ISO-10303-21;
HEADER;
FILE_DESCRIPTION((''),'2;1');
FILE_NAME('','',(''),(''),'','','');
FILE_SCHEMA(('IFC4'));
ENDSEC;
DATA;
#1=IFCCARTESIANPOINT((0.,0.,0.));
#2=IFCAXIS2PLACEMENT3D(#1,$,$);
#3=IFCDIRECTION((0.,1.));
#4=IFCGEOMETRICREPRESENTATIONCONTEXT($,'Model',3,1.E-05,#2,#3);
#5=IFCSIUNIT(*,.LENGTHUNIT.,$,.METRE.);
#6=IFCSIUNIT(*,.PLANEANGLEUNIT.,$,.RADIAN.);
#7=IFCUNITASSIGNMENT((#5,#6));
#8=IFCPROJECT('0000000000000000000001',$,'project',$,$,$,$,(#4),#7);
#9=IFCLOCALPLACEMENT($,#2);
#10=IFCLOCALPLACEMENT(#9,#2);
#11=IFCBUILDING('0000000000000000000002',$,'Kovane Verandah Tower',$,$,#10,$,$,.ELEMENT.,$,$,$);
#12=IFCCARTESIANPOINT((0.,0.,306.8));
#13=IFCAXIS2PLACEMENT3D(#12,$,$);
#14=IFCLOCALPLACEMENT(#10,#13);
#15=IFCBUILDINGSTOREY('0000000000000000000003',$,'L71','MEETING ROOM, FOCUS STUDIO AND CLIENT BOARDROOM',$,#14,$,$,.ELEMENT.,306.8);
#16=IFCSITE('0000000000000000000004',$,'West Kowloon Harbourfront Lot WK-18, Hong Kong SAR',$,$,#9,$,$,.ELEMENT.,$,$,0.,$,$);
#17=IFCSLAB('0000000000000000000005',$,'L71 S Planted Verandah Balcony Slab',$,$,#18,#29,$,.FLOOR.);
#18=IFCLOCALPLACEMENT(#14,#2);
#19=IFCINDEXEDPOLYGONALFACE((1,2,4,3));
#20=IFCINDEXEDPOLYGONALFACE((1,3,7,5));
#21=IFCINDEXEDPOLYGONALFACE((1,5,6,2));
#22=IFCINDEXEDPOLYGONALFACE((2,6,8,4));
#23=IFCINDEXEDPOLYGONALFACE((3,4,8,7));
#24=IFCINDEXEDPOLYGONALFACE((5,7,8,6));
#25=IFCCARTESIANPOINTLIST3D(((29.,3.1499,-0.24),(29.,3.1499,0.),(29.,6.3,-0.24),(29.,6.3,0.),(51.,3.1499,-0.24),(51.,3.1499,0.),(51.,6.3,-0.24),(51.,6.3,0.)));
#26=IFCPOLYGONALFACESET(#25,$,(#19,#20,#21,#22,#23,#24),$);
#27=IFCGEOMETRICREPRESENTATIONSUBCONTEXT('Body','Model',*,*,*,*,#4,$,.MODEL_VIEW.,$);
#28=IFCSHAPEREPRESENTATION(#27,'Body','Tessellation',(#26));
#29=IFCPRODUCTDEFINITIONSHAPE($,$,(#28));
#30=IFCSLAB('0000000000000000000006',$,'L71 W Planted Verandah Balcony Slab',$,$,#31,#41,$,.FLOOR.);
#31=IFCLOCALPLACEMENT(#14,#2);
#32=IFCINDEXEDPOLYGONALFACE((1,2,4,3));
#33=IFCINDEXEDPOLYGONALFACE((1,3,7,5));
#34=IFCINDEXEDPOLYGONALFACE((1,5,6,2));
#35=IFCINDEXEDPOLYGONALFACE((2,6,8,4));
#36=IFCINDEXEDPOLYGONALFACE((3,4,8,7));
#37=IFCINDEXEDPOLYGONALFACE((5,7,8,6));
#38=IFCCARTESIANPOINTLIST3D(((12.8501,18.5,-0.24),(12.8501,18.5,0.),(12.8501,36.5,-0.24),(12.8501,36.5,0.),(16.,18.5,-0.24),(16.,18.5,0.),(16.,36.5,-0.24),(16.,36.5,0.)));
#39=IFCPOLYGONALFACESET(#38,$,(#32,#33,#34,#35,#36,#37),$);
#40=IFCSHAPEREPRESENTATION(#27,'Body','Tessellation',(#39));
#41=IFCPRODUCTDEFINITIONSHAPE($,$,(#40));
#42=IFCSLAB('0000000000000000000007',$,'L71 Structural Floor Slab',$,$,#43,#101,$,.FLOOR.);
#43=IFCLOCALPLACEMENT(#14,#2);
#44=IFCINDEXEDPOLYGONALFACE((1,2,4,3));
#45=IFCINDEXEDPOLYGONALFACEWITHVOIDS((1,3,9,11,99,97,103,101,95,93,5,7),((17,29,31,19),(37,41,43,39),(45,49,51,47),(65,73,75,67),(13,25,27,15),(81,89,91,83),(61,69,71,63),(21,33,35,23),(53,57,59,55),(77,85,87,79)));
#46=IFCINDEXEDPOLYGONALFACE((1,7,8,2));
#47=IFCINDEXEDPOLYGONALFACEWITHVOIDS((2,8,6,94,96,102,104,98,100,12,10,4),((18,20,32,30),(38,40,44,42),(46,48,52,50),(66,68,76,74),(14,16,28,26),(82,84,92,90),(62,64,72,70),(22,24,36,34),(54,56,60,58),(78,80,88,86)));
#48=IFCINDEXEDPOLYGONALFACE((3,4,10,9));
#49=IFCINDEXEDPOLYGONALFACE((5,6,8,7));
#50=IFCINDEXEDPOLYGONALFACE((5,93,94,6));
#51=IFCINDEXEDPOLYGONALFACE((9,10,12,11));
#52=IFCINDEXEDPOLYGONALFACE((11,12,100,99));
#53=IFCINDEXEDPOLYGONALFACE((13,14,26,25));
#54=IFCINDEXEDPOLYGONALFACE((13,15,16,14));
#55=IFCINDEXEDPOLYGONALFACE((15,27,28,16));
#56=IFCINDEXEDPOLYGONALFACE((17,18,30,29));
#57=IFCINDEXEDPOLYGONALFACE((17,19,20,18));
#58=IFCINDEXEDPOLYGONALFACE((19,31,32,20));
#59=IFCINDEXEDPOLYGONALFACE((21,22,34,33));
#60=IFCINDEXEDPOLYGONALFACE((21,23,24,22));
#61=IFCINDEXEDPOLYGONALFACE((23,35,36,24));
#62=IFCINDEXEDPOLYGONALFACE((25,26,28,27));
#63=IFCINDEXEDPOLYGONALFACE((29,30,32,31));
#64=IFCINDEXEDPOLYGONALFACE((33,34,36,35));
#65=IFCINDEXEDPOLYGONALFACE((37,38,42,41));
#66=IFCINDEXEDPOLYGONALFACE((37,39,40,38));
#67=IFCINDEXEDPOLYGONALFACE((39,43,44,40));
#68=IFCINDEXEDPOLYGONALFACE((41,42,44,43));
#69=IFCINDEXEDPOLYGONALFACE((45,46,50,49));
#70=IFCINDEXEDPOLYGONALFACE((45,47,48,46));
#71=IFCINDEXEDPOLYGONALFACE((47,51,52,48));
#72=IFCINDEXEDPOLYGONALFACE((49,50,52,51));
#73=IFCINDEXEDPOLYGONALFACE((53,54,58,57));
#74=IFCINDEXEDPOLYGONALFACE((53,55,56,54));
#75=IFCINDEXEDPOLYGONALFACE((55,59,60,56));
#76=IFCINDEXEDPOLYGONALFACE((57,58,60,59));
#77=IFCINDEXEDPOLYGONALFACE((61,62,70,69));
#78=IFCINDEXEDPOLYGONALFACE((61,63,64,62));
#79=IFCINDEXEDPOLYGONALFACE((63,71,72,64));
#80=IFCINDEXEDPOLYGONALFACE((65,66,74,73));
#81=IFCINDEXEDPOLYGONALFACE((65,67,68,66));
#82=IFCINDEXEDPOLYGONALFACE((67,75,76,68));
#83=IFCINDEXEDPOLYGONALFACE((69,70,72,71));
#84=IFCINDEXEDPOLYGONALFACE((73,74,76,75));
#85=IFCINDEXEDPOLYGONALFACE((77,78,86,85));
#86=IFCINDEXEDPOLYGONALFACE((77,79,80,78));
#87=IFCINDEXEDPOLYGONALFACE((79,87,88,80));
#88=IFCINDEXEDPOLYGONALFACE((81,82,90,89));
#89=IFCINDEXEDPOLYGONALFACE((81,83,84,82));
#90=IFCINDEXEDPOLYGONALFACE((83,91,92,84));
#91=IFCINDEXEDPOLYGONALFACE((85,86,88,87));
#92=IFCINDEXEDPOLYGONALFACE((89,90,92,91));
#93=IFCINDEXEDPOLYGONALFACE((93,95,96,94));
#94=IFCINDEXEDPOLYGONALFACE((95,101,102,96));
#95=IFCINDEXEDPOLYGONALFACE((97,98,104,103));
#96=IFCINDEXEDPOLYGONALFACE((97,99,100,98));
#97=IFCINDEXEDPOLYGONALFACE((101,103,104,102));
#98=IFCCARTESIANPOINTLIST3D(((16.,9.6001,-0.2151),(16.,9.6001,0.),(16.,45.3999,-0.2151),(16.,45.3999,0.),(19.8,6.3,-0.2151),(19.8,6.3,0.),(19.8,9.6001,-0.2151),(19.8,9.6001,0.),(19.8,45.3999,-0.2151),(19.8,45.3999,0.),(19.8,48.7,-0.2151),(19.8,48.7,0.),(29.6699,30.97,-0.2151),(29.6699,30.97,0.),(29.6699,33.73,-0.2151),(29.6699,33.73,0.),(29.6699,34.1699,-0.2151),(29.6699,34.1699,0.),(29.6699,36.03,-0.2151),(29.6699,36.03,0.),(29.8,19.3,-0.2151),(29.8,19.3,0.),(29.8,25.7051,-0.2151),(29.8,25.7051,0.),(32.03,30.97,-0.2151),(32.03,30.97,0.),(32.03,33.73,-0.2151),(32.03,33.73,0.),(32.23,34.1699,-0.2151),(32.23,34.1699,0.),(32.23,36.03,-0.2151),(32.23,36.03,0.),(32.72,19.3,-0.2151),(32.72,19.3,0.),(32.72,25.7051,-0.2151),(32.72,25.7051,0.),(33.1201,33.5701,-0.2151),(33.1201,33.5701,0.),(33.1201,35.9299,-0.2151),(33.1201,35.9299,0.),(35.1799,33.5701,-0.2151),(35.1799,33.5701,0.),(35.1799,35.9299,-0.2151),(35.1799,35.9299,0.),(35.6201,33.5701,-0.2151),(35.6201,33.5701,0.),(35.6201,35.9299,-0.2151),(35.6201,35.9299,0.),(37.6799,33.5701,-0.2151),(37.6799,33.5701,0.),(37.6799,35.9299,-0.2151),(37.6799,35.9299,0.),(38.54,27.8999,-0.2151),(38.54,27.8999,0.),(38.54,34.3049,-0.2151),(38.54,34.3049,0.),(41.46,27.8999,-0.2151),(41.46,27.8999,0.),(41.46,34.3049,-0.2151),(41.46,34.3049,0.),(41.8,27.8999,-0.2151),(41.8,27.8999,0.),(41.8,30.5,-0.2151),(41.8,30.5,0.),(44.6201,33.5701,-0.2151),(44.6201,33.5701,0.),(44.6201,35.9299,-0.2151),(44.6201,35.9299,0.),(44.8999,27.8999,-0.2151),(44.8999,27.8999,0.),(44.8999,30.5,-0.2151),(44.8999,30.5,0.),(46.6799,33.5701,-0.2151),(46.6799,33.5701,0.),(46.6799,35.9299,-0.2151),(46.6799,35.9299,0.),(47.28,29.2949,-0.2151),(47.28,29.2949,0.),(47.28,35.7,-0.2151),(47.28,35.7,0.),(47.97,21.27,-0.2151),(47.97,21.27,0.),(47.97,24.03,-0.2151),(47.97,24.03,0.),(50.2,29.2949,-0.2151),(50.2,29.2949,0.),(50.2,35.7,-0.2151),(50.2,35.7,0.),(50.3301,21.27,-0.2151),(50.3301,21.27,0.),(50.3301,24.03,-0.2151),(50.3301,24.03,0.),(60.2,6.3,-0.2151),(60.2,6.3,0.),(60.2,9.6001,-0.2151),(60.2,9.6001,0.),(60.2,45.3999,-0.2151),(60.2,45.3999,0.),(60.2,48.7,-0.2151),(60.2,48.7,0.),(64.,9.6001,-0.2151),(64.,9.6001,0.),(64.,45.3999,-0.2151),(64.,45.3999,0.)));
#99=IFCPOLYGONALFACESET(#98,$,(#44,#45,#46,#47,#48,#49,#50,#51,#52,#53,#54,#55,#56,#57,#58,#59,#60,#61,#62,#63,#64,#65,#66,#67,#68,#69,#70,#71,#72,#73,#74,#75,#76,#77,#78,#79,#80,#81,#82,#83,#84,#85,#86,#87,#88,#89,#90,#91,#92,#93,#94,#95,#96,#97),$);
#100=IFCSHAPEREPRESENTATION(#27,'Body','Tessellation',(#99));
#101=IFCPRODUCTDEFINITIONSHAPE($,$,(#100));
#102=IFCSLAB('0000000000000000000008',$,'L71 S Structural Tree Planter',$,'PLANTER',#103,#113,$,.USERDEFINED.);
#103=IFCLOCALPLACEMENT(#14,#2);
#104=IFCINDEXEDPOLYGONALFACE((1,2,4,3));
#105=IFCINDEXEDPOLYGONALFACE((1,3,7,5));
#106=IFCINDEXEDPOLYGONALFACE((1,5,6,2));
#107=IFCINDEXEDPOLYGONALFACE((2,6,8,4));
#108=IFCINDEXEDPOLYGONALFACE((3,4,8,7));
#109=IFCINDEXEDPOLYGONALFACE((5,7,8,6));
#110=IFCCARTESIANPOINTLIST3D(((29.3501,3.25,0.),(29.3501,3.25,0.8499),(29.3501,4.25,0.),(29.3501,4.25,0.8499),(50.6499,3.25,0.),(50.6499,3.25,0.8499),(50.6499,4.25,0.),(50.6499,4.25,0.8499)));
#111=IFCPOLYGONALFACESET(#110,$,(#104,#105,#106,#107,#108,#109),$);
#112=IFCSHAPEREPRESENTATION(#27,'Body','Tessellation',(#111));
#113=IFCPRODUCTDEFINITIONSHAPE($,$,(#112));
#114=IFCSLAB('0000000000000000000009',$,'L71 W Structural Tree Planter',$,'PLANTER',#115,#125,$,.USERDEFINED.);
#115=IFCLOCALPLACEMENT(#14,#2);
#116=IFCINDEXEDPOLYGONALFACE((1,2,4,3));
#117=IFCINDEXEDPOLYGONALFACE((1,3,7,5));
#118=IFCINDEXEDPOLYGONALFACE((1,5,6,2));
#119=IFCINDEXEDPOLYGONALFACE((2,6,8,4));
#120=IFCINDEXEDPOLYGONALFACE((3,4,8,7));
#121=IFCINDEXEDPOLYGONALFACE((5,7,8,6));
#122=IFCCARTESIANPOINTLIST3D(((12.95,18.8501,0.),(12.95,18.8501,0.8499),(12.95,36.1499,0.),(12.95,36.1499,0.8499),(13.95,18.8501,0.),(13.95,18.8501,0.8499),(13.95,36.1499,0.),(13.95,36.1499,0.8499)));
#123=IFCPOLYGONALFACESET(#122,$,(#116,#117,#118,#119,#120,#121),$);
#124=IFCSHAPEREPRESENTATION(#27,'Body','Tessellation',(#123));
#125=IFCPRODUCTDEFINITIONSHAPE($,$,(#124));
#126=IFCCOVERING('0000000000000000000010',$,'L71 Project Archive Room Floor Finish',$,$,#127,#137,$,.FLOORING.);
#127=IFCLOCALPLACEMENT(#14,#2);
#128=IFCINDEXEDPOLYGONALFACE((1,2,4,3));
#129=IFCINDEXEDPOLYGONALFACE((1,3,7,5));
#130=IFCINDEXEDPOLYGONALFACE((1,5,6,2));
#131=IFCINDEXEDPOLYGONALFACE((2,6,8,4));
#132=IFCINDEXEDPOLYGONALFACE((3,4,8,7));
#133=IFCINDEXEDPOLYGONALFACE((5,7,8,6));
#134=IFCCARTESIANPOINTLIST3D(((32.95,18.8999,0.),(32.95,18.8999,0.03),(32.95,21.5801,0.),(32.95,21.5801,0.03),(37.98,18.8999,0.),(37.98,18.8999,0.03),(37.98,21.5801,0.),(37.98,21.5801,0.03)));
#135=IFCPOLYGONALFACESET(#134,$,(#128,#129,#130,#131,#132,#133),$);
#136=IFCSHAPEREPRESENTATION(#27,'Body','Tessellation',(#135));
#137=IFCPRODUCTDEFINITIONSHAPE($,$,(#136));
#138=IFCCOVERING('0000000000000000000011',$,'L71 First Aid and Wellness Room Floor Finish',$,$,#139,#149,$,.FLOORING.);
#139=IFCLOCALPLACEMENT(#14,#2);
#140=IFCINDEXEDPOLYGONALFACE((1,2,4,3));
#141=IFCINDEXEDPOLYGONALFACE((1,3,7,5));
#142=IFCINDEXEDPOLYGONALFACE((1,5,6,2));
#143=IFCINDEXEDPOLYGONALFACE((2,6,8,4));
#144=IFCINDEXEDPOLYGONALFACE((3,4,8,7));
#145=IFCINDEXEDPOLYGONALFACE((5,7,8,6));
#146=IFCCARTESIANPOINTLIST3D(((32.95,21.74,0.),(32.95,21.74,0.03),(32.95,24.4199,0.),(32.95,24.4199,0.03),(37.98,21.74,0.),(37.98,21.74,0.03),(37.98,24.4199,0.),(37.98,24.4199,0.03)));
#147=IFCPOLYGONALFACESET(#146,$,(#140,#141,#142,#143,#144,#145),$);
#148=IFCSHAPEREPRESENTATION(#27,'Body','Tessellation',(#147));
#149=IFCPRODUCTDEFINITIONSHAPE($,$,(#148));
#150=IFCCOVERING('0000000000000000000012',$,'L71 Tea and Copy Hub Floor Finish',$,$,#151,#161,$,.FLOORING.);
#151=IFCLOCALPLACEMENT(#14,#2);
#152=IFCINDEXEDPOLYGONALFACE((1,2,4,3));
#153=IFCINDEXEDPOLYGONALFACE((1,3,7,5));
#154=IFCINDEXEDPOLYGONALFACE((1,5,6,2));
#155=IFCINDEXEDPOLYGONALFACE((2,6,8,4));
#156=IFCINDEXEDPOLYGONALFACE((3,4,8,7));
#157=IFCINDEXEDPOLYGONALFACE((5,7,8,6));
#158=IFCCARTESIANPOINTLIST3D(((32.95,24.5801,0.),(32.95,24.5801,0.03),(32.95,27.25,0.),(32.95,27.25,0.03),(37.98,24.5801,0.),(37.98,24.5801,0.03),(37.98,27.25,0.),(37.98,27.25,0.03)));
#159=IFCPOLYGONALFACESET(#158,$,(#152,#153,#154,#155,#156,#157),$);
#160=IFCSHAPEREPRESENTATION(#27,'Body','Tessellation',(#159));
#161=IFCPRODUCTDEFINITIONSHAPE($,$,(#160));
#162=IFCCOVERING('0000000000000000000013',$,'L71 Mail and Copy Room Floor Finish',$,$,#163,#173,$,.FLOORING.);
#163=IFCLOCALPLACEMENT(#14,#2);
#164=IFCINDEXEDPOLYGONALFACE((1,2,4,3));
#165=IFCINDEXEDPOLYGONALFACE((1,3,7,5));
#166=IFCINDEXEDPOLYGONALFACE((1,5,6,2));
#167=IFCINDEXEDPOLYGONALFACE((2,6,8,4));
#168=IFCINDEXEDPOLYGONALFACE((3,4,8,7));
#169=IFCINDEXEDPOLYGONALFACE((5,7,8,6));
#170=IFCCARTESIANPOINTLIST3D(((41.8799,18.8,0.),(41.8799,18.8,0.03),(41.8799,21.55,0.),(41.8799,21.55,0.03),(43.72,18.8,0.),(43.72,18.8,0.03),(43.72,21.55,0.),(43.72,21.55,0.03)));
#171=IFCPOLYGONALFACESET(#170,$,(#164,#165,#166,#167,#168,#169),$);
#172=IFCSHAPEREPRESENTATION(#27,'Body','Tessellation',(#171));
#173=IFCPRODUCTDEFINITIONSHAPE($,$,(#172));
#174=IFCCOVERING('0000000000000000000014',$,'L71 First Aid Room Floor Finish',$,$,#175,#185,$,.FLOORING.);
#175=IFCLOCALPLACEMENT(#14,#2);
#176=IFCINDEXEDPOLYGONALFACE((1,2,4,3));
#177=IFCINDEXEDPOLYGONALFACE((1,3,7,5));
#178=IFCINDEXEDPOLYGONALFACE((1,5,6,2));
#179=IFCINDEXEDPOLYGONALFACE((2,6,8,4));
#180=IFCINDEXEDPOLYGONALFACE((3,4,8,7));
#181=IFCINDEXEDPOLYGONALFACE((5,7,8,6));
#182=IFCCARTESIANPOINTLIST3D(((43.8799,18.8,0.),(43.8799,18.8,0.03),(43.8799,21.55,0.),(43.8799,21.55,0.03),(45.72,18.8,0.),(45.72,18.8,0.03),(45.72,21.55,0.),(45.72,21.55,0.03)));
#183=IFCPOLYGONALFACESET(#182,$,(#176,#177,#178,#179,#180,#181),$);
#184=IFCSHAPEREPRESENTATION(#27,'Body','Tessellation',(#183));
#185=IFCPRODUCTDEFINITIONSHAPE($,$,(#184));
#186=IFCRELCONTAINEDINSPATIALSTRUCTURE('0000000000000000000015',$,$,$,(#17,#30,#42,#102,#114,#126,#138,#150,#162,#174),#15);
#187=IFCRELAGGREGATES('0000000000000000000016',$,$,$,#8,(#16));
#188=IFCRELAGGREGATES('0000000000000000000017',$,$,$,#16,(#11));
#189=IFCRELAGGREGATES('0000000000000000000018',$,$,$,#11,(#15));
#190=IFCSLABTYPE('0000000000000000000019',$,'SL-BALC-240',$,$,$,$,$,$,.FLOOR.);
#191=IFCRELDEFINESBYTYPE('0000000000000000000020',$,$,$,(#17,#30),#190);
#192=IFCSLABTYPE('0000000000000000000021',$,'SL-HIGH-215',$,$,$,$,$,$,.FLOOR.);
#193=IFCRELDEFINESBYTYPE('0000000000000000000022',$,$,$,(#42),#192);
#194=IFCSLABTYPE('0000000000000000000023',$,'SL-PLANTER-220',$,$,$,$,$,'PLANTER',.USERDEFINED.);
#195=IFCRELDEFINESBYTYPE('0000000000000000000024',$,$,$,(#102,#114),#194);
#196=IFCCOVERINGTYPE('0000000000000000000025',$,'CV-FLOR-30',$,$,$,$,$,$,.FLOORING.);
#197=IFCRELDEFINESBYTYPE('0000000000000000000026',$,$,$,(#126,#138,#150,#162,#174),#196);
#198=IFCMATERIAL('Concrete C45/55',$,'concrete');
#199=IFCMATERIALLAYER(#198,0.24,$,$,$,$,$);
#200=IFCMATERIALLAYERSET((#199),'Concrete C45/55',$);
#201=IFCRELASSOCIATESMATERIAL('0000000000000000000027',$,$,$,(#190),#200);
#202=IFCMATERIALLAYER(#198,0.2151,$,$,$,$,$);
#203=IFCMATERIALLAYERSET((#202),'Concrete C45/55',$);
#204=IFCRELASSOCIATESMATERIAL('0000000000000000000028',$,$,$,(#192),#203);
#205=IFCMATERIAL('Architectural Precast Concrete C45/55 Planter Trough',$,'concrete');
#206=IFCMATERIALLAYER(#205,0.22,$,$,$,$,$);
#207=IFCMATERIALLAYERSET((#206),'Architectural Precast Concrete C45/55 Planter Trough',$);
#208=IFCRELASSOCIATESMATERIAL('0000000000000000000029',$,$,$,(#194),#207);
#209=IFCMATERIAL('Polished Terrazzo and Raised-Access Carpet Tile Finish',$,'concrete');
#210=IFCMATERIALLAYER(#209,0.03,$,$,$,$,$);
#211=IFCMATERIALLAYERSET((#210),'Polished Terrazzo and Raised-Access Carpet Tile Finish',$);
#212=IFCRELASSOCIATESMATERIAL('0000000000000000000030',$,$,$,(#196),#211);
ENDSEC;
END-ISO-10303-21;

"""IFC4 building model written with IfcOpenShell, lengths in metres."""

from ifc_helpers import new_model, si_unit, direction, frame, origin, place, context, subcontext, project, spatial, polyline, outline, extrude, material, layer, layer_set, type_object, element, save


model = new_model("IFC4")

# Units and contexts
model_context = context("Model", 3, precision=1e-05, world=origin(), true_north=direction((0.0, 1.0)))
body_context = subcontext(model_context, "Body", "Model", "MODEL_VIEW")
ifc_project = project(units=[si_unit("LENGTHUNIT", "METRE"), si_unit("PLANEANGLEUNIT", "RADIAN")], contexts=[model_context])

# Site, building, storey
site_placement = place(None, origin())
site = spatial("IfcSite", under=ifc_project, at=site_placement, Name="West Kowloon Harbourfront Lot WK-18, Hong Kong SAR", CompositionType="ELEMENT", RefElevation=0.0)
building_placement = place(site_placement, origin())
building = spatial("IfcBuilding", under=site, at=building_placement, Name="Kovane Verandah Tower", CompositionType="ELEMENT")
storey_placement = place(building_placement, frame((0.0, 0.0, 306.8)))
storey = spatial("IfcBuildingStorey", under=building, at=storey_placement, Name="L71", Description="MEETING ROOM, FOCUS STUDIO AND CLIENT BOARDROOM", CompositionType="ELEMENT", Elevation=306.8)

# Slabs
ifc_material_1 = material(Name="Concrete C45/55", Category="concrete")
ifc_layer_1 = layer(ifc_material_1, 0.24)
ifc_layer_set_1 = layer_set([ifc_layer_1], Name="Concrete C45/55")
slab_type_1 = type_object("IfcSlabType", Name="SL-BALC-240", PredefinedType="FLOOR", material=ifc_layer_set_1)
slab_1_placement = place(storey_placement, frame((0.0, 0.0, -0.24)))
element("IfcSlab", 1, at=slab_1_placement, inside=storey, type_object=slab_type_1, Name="L71 S Planted Verandah Balcony Slab", PredefinedType="FLOOR", context=body_context, shape_type="SweptSolid", body=[
    extrude(outline(polyline([(29.0, 3.1499), (51.0, 3.1499), (51.0, 6.3), (29.0, 6.3), (29.0, 3.1499)])), origin(), (0.0, 0.0, 1.0), 0.24),
])
slab_2_placement = place(storey_placement, frame((0.0, 0.0, -0.24)))
element("IfcSlab", 2, at=slab_2_placement, inside=storey, type_object=slab_type_1, Name="L71 W Planted Verandah Balcony Slab", PredefinedType="FLOOR", context=body_context, shape_type="SweptSolid", body=[
    extrude(outline(polyline([(12.8501, 18.5), (16.0, 18.5), (16.0, 36.5), (12.8501, 36.5), (12.8501, 18.5)])), origin(), (0.0, 0.0, 1.0), 0.24),
])
ifc_layer_2 = layer(ifc_material_1, 0.2151)
ifc_layer_set_2 = layer_set([ifc_layer_2], Name="Concrete C45/55")
slab_type_2 = type_object("IfcSlabType", Name="SL-HIGH-215", PredefinedType="FLOOR", material=ifc_layer_set_2)
slab_3_placement = place(storey_placement, frame((0.0, 0.0, -0.2151)))
element("IfcSlab", 3, at=slab_3_placement, inside=storey, type_object=slab_type_2, Name="L71 Structural Floor Slab", PredefinedType="FLOOR", context=body_context, shape_type="SweptSolid", body=[
    extrude(outline(polyline([(19.8, 6.3), (60.2, 6.3), (60.2, 9.6001), (64.0, 9.6001), (64.0, 45.3999), (60.2, 45.3999), (60.2, 48.7), (19.8, 48.7), (19.8, 45.3999), (16.0, 45.3999), (16.0, 9.6001), (19.8, 9.6001), (19.8, 6.3)]), holes=[polyline([(29.8, 19.3), (32.72, 19.3), (32.72, 25.7051), (29.8, 25.7051), (29.8, 19.3)]), polyline([(47.28, 29.2949), (50.2, 29.2949), (50.2, 35.7), (47.28, 35.7), (47.28, 29.2949)]), polyline([(38.54, 27.8999), (41.46, 27.8999), (41.46, 34.3049), (38.54, 34.3049), (38.54, 27.8999)]), polyline([(29.6699, 30.97), (32.03, 30.97), (32.03, 33.73), (29.6699, 33.73), (29.6699, 30.97)]), polyline([(47.97, 21.27), (50.3301, 21.27), (50.3301, 24.03), (47.97, 24.03), (47.97, 21.27)]), polyline([(29.6699, 34.1699), (32.23, 34.1699), (32.23, 36.03), (29.6699, 36.03), (29.6699, 34.1699)]), polyline([(33.1201, 33.5701), (35.1799, 33.5701), (35.1799, 35.9299), (33.1201, 35.9299), (33.1201, 33.5701)]), polyline([(35.6201, 33.5701), (37.6799, 33.5701), (37.6799, 35.9299), (35.6201, 35.9299), (35.6201, 33.5701)]), polyline([(44.6201, 33.5701), (46.6799, 33.5701), (46.6799, 35.9299), (44.6201, 35.9299), (44.6201, 33.5701)]), polyline([(41.8, 27.8999), (44.8999, 27.8999), (44.8999, 30.5), (41.8, 30.5), (41.8, 27.8999)])]), origin(), (0.0, 0.0, 1.0), 0.2151),
])
ifc_material_2 = material(Name="Architectural Precast Concrete C45/55 Planter Trough", Category="concrete")
ifc_layer_3 = layer(ifc_material_2, 0.22)
ifc_layer_set_3 = layer_set([ifc_layer_3], Name="Architectural Precast Concrete C45/55 Planter Trough")
slab_type_3 = type_object("IfcSlabType", Name="SL-PLANTER-220", ElementType="PLANTER", PredefinedType="USERDEFINED", material=ifc_layer_set_3)
slab_4_placement = place(storey_placement, origin())
element("IfcSlab", 4, at=slab_4_placement, inside=storey, type_object=slab_type_3, Name="L71 S Structural Tree Planter", ObjectType="PLANTER", PredefinedType="USERDEFINED", context=body_context, shape_type="SweptSolid", body=[
    extrude(outline(polyline([(29.3501, 3.25), (50.6499, 3.25), (50.6499, 4.25), (29.3501, 4.25), (29.3501, 3.25)])), origin(), (0.0, 0.0, 1.0), 0.8499),
])
slab_5_placement = place(storey_placement, origin())
element("IfcSlab", 5, at=slab_5_placement, inside=storey, type_object=slab_type_3, Name="L71 W Structural Tree Planter", ObjectType="PLANTER", PredefinedType="USERDEFINED", context=body_context, shape_type="SweptSolid", body=[
    extrude(outline(polyline([(12.95, 18.8501), (13.95, 18.8501), (13.95, 36.1499), (12.95, 36.1499), (12.95, 18.8501)])), origin(), (0.0, 0.0, 1.0), 0.8499),
])

# Coverings
ifc_material_3 = material(Name="Polished Terrazzo and Raised-Access Carpet Tile Finish", Category="concrete")
ifc_layer_4 = layer(ifc_material_3, 0.03)
ifc_layer_set_4 = layer_set([ifc_layer_4], Name="Polished Terrazzo and Raised-Access Carpet Tile Finish")
covering_type = type_object("IfcCoveringType", Name="CV-FLOR-30", PredefinedType="FLOORING", material=ifc_layer_set_4)
covering_1_placement = place(storey_placement, origin())
element("IfcCovering", 6, at=covering_1_placement, inside=storey, type_object=covering_type, Name="L71 Project Archive Room Floor Finish", PredefinedType="FLOORING", context=body_context, shape_type="SweptSolid", body=[
    extrude(outline(polyline([(32.95, 18.8999), (37.98, 18.8999), (37.98, 21.5801), (32.95, 21.5801), (32.95, 18.8999)])), origin(), (0.0, 0.0, 1.0), 0.03),
])
covering_2_placement = place(storey_placement, origin())
element("IfcCovering", 7, at=covering_2_placement, inside=storey, type_object=covering_type, Name="L71 First Aid and Wellness Room Floor Finish", PredefinedType="FLOORING", context=body_context, shape_type="SweptSolid", body=[
    extrude(outline(polyline([(32.95, 21.74), (37.98, 21.74), (37.98, 24.4199), (32.95, 24.4199), (32.95, 21.74)])), origin(), (0.0, 0.0, 1.0), 0.03),
])
covering_3_placement = place(storey_placement, origin())
element("IfcCovering", 8, at=covering_3_placement, inside=storey, type_object=covering_type, Name="L71 Tea and Copy Hub Floor Finish", PredefinedType="FLOORING", context=body_context, shape_type="SweptSolid", body=[
    extrude(outline(polyline([(32.95, 24.5801), (37.98, 24.5801), (37.98, 27.25), (32.95, 27.25), (32.95, 24.5801)])), origin(), (0.0, 0.0, 1.0), 0.03),
])
covering_4_placement = place(storey_placement, origin())
element("IfcCovering", 9, at=covering_4_placement, inside=storey, type_object=covering_type, Name="L71 Mail and Copy Room Floor Finish", PredefinedType="FLOORING", context=body_context, shape_type="SweptSolid", body=[
    extrude(outline(polyline([(41.8799, 18.8), (43.72, 18.8), (43.72, 21.55), (41.8799, 21.55), (41.8799, 18.8)])), origin(), (0.0, 0.0, 1.0), 0.03),
])
covering_5_placement = place(storey_placement, origin())
element("IfcCovering", 10, at=covering_5_placement, inside=storey, type_object=covering_type, Name="L71 First Aid Room Floor Finish", PredefinedType="FLOORING", context=body_context, shape_type="SweptSolid", body=[
    extrude(outline(polyline([(43.8799, 18.8), (45.72, 18.8), (45.72, 21.55), (43.8799, 21.55), (43.8799, 18.8)])), origin(), (0.0, 0.0, 1.0), 0.03),
])

save(model, "model.ifc")
